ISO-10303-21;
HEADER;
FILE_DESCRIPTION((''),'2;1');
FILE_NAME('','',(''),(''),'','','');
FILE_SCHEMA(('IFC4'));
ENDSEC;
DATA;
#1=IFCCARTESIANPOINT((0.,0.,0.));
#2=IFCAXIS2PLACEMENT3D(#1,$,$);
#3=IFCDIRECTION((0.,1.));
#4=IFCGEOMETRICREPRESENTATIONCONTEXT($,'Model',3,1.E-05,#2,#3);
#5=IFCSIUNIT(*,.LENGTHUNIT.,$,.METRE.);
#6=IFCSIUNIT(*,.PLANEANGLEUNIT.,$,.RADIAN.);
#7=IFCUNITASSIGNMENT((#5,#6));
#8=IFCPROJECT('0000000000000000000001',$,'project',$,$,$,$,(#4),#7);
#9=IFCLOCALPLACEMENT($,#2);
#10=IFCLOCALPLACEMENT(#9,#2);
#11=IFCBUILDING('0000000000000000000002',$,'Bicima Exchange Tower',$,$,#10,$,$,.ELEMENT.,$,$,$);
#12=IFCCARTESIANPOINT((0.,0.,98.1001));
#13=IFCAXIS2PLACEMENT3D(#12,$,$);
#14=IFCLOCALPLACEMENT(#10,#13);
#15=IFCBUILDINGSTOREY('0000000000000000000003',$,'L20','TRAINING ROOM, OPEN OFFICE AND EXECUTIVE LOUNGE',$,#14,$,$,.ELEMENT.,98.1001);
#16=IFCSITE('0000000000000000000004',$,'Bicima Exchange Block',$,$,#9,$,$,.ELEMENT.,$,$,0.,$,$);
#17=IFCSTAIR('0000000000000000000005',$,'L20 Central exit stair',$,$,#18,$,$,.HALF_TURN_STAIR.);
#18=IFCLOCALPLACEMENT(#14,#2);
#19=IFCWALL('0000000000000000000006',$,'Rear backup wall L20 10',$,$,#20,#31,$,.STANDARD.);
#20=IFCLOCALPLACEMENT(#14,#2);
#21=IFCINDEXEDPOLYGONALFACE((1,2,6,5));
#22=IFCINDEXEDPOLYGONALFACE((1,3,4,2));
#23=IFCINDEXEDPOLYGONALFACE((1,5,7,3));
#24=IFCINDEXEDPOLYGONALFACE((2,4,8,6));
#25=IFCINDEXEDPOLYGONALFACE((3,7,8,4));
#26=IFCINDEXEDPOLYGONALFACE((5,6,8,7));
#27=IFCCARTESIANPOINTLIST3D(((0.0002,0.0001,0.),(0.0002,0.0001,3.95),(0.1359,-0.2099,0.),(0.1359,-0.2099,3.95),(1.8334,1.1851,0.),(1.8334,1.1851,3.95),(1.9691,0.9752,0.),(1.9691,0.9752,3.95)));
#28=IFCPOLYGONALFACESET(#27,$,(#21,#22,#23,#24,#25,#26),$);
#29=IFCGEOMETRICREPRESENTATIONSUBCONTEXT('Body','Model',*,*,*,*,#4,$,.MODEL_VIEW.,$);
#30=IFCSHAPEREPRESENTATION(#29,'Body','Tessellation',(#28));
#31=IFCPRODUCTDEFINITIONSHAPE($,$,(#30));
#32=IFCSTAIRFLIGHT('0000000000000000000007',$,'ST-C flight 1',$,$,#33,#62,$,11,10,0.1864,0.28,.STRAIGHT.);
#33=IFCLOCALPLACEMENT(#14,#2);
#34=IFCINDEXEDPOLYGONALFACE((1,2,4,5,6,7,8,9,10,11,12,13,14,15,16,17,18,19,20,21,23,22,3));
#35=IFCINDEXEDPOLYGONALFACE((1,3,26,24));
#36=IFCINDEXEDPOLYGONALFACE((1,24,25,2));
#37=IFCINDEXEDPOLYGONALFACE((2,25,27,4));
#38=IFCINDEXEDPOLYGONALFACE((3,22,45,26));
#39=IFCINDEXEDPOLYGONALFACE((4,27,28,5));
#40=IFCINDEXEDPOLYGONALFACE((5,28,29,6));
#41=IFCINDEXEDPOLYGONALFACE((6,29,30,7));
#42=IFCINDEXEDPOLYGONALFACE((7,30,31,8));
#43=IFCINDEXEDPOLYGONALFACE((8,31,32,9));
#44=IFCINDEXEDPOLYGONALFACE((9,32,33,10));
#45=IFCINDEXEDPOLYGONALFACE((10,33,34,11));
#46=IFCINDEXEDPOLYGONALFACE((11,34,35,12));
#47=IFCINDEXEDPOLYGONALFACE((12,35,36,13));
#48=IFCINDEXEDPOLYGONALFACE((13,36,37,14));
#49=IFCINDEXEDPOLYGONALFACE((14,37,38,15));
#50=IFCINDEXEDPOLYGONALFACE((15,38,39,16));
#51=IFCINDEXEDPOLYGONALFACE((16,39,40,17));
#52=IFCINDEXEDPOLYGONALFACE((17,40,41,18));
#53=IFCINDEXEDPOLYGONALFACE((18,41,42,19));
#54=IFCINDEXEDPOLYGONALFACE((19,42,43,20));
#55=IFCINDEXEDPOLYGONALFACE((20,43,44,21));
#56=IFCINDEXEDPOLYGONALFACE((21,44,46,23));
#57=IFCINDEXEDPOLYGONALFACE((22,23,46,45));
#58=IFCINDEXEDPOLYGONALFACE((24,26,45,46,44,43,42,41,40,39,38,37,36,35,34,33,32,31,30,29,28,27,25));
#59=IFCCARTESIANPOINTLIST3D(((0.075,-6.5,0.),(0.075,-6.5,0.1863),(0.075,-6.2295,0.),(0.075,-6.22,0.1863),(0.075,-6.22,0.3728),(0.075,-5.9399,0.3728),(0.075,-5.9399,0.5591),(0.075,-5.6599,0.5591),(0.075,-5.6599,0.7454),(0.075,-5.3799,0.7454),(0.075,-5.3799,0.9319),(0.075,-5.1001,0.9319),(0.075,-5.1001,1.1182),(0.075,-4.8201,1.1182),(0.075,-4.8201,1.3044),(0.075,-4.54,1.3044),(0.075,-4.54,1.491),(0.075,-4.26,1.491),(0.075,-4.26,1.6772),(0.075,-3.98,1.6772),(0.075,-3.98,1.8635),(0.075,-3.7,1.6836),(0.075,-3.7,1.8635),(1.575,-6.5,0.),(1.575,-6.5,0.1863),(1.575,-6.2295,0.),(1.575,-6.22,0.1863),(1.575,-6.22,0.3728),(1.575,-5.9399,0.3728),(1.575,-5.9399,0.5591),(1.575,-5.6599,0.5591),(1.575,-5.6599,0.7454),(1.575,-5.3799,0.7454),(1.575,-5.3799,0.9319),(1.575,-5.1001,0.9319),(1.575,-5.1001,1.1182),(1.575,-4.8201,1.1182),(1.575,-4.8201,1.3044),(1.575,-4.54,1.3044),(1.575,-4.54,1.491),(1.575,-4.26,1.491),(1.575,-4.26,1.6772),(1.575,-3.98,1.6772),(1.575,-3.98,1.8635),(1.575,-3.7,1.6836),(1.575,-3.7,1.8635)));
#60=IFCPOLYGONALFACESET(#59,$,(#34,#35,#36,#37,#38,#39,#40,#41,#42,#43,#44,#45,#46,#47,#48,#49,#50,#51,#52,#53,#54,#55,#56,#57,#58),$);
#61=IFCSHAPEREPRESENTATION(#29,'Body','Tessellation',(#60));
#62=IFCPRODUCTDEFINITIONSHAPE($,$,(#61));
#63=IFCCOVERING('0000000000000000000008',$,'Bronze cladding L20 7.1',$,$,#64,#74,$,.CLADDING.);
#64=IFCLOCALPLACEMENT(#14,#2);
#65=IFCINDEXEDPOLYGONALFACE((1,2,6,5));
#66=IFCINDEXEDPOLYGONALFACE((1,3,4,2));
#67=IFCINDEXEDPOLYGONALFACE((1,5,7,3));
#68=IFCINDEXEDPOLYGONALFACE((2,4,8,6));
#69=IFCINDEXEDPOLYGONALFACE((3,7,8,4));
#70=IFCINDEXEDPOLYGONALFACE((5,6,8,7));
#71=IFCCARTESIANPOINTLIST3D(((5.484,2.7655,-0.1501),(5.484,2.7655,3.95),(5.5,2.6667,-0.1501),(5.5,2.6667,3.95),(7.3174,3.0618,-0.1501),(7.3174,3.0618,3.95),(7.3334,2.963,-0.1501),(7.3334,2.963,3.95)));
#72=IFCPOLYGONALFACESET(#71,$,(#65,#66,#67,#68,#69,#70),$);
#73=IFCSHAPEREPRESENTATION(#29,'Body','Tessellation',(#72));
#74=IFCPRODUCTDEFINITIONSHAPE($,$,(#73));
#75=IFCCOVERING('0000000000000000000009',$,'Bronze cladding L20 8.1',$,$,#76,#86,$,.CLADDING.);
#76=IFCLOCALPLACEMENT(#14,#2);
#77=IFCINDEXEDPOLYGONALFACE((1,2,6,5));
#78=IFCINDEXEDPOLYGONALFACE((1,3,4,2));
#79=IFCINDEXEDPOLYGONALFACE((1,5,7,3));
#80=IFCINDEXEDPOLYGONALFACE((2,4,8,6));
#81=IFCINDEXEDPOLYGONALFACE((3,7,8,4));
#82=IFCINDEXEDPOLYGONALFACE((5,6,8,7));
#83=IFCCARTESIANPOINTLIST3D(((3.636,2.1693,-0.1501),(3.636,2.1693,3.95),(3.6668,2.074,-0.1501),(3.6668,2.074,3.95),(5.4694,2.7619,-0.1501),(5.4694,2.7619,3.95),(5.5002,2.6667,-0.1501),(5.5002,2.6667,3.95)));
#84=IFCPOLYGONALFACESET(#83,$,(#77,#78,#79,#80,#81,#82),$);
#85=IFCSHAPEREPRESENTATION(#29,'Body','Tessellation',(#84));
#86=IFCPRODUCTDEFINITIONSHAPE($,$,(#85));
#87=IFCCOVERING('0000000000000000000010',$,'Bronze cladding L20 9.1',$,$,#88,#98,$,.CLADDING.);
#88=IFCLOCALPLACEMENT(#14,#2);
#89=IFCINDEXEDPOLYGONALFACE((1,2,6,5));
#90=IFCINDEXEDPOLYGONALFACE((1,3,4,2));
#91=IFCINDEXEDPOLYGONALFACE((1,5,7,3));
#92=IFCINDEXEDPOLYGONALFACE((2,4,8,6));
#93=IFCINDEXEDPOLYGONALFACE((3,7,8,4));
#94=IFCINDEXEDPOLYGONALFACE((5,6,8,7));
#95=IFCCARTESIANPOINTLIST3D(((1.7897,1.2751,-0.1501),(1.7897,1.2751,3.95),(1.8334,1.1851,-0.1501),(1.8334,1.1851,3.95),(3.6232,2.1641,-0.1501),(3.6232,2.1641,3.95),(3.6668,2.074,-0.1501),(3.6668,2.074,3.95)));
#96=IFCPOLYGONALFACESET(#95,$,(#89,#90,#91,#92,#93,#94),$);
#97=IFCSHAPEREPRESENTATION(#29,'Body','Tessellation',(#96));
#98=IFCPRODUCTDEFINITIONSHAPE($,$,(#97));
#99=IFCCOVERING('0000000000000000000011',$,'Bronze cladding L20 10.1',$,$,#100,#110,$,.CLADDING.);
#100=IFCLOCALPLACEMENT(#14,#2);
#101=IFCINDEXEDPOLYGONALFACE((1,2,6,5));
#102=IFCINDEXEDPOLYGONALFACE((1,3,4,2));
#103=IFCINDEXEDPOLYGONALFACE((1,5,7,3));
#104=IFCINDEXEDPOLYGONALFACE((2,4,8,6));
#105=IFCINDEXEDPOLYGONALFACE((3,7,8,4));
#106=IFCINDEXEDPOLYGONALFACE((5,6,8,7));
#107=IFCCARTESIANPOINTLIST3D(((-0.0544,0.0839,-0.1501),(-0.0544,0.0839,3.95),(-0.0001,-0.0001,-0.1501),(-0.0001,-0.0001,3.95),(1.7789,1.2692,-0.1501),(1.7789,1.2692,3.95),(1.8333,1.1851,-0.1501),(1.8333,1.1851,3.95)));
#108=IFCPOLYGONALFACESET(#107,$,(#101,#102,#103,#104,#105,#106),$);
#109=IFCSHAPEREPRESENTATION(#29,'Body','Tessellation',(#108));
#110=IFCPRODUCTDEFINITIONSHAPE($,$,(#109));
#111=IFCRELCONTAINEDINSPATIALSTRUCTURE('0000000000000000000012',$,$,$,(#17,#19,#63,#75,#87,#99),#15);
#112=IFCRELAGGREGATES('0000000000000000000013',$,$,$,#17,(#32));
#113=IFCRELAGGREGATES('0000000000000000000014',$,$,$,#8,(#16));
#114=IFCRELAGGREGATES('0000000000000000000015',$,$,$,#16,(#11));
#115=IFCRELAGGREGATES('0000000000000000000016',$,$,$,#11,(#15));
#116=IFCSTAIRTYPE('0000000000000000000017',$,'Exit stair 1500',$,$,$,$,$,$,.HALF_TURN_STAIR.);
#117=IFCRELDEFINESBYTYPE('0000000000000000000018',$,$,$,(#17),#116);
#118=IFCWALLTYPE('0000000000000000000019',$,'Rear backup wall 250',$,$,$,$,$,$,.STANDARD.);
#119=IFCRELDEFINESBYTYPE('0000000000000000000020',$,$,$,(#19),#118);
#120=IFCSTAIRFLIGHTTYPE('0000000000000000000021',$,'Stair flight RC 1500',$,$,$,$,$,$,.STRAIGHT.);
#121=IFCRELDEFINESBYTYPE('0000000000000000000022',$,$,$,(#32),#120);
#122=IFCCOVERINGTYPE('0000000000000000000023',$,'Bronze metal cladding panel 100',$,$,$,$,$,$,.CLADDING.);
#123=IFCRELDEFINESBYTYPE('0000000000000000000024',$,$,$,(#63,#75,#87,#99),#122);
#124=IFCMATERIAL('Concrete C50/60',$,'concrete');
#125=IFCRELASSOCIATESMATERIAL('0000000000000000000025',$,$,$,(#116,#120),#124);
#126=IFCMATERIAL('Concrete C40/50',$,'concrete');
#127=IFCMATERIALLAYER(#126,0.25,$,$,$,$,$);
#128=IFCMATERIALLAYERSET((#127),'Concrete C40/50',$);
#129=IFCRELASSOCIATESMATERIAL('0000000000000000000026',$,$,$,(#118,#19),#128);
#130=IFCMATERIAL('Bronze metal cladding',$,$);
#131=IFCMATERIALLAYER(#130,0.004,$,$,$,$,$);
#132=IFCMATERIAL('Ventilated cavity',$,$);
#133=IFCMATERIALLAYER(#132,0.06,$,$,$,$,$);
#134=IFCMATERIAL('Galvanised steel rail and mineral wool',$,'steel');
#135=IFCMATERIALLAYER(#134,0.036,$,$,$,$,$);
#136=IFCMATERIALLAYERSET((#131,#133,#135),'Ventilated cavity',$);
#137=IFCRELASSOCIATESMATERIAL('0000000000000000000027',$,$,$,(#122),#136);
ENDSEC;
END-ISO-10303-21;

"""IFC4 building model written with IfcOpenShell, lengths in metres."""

from ifc_helpers import new_model, si_unit, direction, frame, frame_2d, origin, origin_2d, place, context, subcontext, project, spatial, polyline, rectangle, outline, extrude, material, layer, layer_set, layer_usage, type_object, element, aggregate, save


model = new_model("IFC4")

# Units and contexts
model_context = context("Model", 3, precision=1e-05, world=origin(), true_north=direction((0.0, 1.0)))
body_context = subcontext(model_context, "Body", "Model", "MODEL_VIEW")
ifc_project = project(units=[si_unit("LENGTHUNIT", "METRE"), si_unit("PLANEANGLEUNIT", "RADIAN")], contexts=[model_context])

# Site, building, storey
site_placement = place(None, origin())
site = spatial("IfcSite", under=ifc_project, at=site_placement, Name="Bicima Exchange Block", CompositionType="ELEMENT", RefElevation=0.0)
building_placement = place(site_placement, origin())
building = spatial("IfcBuilding", under=site, at=building_placement, Name="Bicima Exchange Tower", CompositionType="ELEMENT")
storey_placement = place(building_placement, frame((0.0, 0.0, 98.1001)))
storey = spatial("IfcBuildingStorey", under=building, at=storey_placement, Name="L20", Description="TRAINING ROOM, OPEN OFFICE AND EXECUTIVE LOUNGE", CompositionType="ELEMENT", Elevation=98.1001)

# Stair
ifc_material_1 = material(Name="Concrete C50/60", Category="concrete")
stair_type_1 = type_object("IfcStairType", Name="Exit stair 1500", PredefinedType="HALF_TURN_STAIR", material=ifc_material_1)
stair_1_placement = place(storey_placement, origin())
stair_1 = element("IfcStair", 1, at=stair_1_placement, inside=storey, type_object=stair_type_1, Name="L20 Central exit stair", PredefinedType="HALF_TURN_STAIR")

# Wall
ifc_material_2 = material(Name="Concrete C40/50", Category="concrete")
ifc_layer_1 = layer(ifc_material_2, 0.25)
ifc_layer_set_1 = layer_set([ifc_layer_1], Name="Concrete C40/50")
ifc_layer_usage = layer_usage(ifc_layer_set_1, "AXIS2", "POSITIVE", -0.125)
wall_type_1 = type_object("IfcWallType", Name="Rear backup wall 250", PredefinedType="STANDARD", material=ifc_layer_set_1)
wall_1_placement = place(storey_placement, frame((1.9011, 1.0801, 0.0), z_axis=(0.0, 0.0, 1.0), x_axis=(-0.839813, -0.542876, 0.0)))
element("IfcWall", 2, at=wall_1_placement, inside=storey, type_object=wall_type_1, material=ifc_layer_usage, Name="Rear backup wall L20 10", PredefinedType="STANDARD", context=body_context, shape_type="SweptSolid", body=[
    extrude(rectangle(XDim=2.1829, YDim=0.25, at=frame_2d((1.0913, 0.0))), origin(), (0.0, 0.0, 1.0), 3.95),
])

# Stair flight
stair_flight_type = type_object("IfcStairFlightType", Name="Stair flight RC 1500", PredefinedType="STRAIGHT", material=ifc_material_1)
stair_flight_placement = place(storey_placement, frame((0.825, -6.5, 0.0), z_axis=(0.0, 0.0, 1.0), x_axis=(0.0, 1.0, 0.0)))
stair_flight = element("IfcStairFlight", 3, at=stair_flight_placement, type_object=stair_flight_type, Name="ST-C flight 1", NumberOfRisers=11, NumberOfTreads=10, PredefinedType="STRAIGHT", RiserHeight=0.1864, TreadLength=0.28, context=body_context, shape_type="SweptSolid", body=[
    extrude(outline(polyline([(0.0, 0.0), (0.0, 0.1863), (0.28, 0.1863), (0.28, 0.3728), (0.5601, 0.3728), (0.5601, 0.5591), (0.8401, 0.5591), (0.8401, 0.7454), (1.1201, 0.7454), (1.1201, 0.9319), (1.3999, 0.9319), (1.3999, 1.1182), (1.6799, 1.1182), (1.6799, 1.3044), (1.96, 1.3044), (1.96, 1.491), (2.24, 1.491), (2.24, 1.6772), (2.52, 1.6772), (2.52, 1.8635), (2.8, 1.8635), (2.8, 2.05), (2.8, 1.6836), (0.2705, 0.0), (0.0, 0.0)])), frame((0.0, 0.75, 0.0), z_axis=(0.0, -1.0, 0.0), x_axis=(1.0, 0.0, 0.0)), (0.0, 0.0, 1.0), 1.5),
])
aggregate(stair_1, [stair_flight])

# Coverings
ifc_material_3 = material(Name="Bronze metal cladding")
ifc_layer_2 = layer(ifc_material_3, 0.004)
ifc_material_4 = material(Name="Ventilated cavity")
ifc_layer_3 = layer(ifc_material_4, 0.06)
ifc_material_5 = material(Name="Galvanised steel rail and mineral wool", Category="steel")
ifc_layer_4 = layer(ifc_material_5, 0.036)
ifc_layer_set_2 = layer_set([ifc_layer_2, ifc_layer_3, ifc_layer_4], Name="Ventilated cavity")
covering_type = type_object("IfcCoveringType", Name="Bronze metal cladding panel 100", PredefinedType="CLADDING", material=ifc_layer_set_2)
covering_1_placement = place(storey_placement, frame((6.4087, 2.8643, -0.1501), z_axis=(0.0, 0.0, 1.0), x_axis=(-0.98719, -0.15955, 0.0)))
element("IfcCovering", 4, at=covering_1_placement, inside=storey, type_object=covering_type, Name="Bronze cladding L20 7.1", PredefinedType="CLADDING", context=body_context, shape_type="SweptSolid", body=[
    extrude(rectangle(XDim=1.8572, YDim=0.1001, at=origin_2d()), origin(), (0.0, 0.0, 1.0), 4.1001),
])
covering_2_placement = place(storey_placement, frame((4.5681, 2.418, -0.1501), z_axis=(0.0, 0.0, 1.0), x_axis=(-0.951525, -0.307573, 0.0)))
element("IfcCovering", 5, at=covering_2_placement, inside=storey, type_object=covering_type, Name="Bronze cladding L20 8.1", PredefinedType="CLADDING", context=body_context, shape_type="SweptSolid", body=[
    extrude(rectangle(XDim=1.9268, YDim=0.1001, at=origin_2d()), origin(), (0.0, 0.0, 1.0), 4.1001),
])
covering_3_placement = place(storey_placement, frame((2.7283, 1.6746, -0.1501), z_axis=(0.0, 0.0, 1.0), x_axis=(-0.899818, -0.436265, 0.0)))
element("IfcCovering", 6, at=covering_3_placement, inside=storey, type_object=covering_type, Name="Bronze cladding L20 9.1", PredefinedType="CLADDING", context=body_context, shape_type="SweptSolid", body=[
    extrude(rectangle(XDim=2.0376, YDim=0.1001, at=origin_2d()), origin(), (0.0, 0.0, 1.0), 4.1001),
])
covering_4_placement = place(storey_placement, frame((0.8894, 0.6345, -0.1501), z_axis=(0.0, 0.0, 1.0), x_axis=(-0.83979, -0.542911, 0.0)))
element("IfcCovering", 7, at=covering_4_placement, inside=storey, type_object=covering_type, Name="Bronze cladding L20 10.1", PredefinedType="CLADDING", context=body_context, shape_type="SweptSolid", body=[
    extrude(rectangle(XDim=2.1831, YDim=0.1001, at=origin_2d()), origin(), (0.0, 0.0, 1.0), 4.1001),
])

save(model, "model.ifc")
